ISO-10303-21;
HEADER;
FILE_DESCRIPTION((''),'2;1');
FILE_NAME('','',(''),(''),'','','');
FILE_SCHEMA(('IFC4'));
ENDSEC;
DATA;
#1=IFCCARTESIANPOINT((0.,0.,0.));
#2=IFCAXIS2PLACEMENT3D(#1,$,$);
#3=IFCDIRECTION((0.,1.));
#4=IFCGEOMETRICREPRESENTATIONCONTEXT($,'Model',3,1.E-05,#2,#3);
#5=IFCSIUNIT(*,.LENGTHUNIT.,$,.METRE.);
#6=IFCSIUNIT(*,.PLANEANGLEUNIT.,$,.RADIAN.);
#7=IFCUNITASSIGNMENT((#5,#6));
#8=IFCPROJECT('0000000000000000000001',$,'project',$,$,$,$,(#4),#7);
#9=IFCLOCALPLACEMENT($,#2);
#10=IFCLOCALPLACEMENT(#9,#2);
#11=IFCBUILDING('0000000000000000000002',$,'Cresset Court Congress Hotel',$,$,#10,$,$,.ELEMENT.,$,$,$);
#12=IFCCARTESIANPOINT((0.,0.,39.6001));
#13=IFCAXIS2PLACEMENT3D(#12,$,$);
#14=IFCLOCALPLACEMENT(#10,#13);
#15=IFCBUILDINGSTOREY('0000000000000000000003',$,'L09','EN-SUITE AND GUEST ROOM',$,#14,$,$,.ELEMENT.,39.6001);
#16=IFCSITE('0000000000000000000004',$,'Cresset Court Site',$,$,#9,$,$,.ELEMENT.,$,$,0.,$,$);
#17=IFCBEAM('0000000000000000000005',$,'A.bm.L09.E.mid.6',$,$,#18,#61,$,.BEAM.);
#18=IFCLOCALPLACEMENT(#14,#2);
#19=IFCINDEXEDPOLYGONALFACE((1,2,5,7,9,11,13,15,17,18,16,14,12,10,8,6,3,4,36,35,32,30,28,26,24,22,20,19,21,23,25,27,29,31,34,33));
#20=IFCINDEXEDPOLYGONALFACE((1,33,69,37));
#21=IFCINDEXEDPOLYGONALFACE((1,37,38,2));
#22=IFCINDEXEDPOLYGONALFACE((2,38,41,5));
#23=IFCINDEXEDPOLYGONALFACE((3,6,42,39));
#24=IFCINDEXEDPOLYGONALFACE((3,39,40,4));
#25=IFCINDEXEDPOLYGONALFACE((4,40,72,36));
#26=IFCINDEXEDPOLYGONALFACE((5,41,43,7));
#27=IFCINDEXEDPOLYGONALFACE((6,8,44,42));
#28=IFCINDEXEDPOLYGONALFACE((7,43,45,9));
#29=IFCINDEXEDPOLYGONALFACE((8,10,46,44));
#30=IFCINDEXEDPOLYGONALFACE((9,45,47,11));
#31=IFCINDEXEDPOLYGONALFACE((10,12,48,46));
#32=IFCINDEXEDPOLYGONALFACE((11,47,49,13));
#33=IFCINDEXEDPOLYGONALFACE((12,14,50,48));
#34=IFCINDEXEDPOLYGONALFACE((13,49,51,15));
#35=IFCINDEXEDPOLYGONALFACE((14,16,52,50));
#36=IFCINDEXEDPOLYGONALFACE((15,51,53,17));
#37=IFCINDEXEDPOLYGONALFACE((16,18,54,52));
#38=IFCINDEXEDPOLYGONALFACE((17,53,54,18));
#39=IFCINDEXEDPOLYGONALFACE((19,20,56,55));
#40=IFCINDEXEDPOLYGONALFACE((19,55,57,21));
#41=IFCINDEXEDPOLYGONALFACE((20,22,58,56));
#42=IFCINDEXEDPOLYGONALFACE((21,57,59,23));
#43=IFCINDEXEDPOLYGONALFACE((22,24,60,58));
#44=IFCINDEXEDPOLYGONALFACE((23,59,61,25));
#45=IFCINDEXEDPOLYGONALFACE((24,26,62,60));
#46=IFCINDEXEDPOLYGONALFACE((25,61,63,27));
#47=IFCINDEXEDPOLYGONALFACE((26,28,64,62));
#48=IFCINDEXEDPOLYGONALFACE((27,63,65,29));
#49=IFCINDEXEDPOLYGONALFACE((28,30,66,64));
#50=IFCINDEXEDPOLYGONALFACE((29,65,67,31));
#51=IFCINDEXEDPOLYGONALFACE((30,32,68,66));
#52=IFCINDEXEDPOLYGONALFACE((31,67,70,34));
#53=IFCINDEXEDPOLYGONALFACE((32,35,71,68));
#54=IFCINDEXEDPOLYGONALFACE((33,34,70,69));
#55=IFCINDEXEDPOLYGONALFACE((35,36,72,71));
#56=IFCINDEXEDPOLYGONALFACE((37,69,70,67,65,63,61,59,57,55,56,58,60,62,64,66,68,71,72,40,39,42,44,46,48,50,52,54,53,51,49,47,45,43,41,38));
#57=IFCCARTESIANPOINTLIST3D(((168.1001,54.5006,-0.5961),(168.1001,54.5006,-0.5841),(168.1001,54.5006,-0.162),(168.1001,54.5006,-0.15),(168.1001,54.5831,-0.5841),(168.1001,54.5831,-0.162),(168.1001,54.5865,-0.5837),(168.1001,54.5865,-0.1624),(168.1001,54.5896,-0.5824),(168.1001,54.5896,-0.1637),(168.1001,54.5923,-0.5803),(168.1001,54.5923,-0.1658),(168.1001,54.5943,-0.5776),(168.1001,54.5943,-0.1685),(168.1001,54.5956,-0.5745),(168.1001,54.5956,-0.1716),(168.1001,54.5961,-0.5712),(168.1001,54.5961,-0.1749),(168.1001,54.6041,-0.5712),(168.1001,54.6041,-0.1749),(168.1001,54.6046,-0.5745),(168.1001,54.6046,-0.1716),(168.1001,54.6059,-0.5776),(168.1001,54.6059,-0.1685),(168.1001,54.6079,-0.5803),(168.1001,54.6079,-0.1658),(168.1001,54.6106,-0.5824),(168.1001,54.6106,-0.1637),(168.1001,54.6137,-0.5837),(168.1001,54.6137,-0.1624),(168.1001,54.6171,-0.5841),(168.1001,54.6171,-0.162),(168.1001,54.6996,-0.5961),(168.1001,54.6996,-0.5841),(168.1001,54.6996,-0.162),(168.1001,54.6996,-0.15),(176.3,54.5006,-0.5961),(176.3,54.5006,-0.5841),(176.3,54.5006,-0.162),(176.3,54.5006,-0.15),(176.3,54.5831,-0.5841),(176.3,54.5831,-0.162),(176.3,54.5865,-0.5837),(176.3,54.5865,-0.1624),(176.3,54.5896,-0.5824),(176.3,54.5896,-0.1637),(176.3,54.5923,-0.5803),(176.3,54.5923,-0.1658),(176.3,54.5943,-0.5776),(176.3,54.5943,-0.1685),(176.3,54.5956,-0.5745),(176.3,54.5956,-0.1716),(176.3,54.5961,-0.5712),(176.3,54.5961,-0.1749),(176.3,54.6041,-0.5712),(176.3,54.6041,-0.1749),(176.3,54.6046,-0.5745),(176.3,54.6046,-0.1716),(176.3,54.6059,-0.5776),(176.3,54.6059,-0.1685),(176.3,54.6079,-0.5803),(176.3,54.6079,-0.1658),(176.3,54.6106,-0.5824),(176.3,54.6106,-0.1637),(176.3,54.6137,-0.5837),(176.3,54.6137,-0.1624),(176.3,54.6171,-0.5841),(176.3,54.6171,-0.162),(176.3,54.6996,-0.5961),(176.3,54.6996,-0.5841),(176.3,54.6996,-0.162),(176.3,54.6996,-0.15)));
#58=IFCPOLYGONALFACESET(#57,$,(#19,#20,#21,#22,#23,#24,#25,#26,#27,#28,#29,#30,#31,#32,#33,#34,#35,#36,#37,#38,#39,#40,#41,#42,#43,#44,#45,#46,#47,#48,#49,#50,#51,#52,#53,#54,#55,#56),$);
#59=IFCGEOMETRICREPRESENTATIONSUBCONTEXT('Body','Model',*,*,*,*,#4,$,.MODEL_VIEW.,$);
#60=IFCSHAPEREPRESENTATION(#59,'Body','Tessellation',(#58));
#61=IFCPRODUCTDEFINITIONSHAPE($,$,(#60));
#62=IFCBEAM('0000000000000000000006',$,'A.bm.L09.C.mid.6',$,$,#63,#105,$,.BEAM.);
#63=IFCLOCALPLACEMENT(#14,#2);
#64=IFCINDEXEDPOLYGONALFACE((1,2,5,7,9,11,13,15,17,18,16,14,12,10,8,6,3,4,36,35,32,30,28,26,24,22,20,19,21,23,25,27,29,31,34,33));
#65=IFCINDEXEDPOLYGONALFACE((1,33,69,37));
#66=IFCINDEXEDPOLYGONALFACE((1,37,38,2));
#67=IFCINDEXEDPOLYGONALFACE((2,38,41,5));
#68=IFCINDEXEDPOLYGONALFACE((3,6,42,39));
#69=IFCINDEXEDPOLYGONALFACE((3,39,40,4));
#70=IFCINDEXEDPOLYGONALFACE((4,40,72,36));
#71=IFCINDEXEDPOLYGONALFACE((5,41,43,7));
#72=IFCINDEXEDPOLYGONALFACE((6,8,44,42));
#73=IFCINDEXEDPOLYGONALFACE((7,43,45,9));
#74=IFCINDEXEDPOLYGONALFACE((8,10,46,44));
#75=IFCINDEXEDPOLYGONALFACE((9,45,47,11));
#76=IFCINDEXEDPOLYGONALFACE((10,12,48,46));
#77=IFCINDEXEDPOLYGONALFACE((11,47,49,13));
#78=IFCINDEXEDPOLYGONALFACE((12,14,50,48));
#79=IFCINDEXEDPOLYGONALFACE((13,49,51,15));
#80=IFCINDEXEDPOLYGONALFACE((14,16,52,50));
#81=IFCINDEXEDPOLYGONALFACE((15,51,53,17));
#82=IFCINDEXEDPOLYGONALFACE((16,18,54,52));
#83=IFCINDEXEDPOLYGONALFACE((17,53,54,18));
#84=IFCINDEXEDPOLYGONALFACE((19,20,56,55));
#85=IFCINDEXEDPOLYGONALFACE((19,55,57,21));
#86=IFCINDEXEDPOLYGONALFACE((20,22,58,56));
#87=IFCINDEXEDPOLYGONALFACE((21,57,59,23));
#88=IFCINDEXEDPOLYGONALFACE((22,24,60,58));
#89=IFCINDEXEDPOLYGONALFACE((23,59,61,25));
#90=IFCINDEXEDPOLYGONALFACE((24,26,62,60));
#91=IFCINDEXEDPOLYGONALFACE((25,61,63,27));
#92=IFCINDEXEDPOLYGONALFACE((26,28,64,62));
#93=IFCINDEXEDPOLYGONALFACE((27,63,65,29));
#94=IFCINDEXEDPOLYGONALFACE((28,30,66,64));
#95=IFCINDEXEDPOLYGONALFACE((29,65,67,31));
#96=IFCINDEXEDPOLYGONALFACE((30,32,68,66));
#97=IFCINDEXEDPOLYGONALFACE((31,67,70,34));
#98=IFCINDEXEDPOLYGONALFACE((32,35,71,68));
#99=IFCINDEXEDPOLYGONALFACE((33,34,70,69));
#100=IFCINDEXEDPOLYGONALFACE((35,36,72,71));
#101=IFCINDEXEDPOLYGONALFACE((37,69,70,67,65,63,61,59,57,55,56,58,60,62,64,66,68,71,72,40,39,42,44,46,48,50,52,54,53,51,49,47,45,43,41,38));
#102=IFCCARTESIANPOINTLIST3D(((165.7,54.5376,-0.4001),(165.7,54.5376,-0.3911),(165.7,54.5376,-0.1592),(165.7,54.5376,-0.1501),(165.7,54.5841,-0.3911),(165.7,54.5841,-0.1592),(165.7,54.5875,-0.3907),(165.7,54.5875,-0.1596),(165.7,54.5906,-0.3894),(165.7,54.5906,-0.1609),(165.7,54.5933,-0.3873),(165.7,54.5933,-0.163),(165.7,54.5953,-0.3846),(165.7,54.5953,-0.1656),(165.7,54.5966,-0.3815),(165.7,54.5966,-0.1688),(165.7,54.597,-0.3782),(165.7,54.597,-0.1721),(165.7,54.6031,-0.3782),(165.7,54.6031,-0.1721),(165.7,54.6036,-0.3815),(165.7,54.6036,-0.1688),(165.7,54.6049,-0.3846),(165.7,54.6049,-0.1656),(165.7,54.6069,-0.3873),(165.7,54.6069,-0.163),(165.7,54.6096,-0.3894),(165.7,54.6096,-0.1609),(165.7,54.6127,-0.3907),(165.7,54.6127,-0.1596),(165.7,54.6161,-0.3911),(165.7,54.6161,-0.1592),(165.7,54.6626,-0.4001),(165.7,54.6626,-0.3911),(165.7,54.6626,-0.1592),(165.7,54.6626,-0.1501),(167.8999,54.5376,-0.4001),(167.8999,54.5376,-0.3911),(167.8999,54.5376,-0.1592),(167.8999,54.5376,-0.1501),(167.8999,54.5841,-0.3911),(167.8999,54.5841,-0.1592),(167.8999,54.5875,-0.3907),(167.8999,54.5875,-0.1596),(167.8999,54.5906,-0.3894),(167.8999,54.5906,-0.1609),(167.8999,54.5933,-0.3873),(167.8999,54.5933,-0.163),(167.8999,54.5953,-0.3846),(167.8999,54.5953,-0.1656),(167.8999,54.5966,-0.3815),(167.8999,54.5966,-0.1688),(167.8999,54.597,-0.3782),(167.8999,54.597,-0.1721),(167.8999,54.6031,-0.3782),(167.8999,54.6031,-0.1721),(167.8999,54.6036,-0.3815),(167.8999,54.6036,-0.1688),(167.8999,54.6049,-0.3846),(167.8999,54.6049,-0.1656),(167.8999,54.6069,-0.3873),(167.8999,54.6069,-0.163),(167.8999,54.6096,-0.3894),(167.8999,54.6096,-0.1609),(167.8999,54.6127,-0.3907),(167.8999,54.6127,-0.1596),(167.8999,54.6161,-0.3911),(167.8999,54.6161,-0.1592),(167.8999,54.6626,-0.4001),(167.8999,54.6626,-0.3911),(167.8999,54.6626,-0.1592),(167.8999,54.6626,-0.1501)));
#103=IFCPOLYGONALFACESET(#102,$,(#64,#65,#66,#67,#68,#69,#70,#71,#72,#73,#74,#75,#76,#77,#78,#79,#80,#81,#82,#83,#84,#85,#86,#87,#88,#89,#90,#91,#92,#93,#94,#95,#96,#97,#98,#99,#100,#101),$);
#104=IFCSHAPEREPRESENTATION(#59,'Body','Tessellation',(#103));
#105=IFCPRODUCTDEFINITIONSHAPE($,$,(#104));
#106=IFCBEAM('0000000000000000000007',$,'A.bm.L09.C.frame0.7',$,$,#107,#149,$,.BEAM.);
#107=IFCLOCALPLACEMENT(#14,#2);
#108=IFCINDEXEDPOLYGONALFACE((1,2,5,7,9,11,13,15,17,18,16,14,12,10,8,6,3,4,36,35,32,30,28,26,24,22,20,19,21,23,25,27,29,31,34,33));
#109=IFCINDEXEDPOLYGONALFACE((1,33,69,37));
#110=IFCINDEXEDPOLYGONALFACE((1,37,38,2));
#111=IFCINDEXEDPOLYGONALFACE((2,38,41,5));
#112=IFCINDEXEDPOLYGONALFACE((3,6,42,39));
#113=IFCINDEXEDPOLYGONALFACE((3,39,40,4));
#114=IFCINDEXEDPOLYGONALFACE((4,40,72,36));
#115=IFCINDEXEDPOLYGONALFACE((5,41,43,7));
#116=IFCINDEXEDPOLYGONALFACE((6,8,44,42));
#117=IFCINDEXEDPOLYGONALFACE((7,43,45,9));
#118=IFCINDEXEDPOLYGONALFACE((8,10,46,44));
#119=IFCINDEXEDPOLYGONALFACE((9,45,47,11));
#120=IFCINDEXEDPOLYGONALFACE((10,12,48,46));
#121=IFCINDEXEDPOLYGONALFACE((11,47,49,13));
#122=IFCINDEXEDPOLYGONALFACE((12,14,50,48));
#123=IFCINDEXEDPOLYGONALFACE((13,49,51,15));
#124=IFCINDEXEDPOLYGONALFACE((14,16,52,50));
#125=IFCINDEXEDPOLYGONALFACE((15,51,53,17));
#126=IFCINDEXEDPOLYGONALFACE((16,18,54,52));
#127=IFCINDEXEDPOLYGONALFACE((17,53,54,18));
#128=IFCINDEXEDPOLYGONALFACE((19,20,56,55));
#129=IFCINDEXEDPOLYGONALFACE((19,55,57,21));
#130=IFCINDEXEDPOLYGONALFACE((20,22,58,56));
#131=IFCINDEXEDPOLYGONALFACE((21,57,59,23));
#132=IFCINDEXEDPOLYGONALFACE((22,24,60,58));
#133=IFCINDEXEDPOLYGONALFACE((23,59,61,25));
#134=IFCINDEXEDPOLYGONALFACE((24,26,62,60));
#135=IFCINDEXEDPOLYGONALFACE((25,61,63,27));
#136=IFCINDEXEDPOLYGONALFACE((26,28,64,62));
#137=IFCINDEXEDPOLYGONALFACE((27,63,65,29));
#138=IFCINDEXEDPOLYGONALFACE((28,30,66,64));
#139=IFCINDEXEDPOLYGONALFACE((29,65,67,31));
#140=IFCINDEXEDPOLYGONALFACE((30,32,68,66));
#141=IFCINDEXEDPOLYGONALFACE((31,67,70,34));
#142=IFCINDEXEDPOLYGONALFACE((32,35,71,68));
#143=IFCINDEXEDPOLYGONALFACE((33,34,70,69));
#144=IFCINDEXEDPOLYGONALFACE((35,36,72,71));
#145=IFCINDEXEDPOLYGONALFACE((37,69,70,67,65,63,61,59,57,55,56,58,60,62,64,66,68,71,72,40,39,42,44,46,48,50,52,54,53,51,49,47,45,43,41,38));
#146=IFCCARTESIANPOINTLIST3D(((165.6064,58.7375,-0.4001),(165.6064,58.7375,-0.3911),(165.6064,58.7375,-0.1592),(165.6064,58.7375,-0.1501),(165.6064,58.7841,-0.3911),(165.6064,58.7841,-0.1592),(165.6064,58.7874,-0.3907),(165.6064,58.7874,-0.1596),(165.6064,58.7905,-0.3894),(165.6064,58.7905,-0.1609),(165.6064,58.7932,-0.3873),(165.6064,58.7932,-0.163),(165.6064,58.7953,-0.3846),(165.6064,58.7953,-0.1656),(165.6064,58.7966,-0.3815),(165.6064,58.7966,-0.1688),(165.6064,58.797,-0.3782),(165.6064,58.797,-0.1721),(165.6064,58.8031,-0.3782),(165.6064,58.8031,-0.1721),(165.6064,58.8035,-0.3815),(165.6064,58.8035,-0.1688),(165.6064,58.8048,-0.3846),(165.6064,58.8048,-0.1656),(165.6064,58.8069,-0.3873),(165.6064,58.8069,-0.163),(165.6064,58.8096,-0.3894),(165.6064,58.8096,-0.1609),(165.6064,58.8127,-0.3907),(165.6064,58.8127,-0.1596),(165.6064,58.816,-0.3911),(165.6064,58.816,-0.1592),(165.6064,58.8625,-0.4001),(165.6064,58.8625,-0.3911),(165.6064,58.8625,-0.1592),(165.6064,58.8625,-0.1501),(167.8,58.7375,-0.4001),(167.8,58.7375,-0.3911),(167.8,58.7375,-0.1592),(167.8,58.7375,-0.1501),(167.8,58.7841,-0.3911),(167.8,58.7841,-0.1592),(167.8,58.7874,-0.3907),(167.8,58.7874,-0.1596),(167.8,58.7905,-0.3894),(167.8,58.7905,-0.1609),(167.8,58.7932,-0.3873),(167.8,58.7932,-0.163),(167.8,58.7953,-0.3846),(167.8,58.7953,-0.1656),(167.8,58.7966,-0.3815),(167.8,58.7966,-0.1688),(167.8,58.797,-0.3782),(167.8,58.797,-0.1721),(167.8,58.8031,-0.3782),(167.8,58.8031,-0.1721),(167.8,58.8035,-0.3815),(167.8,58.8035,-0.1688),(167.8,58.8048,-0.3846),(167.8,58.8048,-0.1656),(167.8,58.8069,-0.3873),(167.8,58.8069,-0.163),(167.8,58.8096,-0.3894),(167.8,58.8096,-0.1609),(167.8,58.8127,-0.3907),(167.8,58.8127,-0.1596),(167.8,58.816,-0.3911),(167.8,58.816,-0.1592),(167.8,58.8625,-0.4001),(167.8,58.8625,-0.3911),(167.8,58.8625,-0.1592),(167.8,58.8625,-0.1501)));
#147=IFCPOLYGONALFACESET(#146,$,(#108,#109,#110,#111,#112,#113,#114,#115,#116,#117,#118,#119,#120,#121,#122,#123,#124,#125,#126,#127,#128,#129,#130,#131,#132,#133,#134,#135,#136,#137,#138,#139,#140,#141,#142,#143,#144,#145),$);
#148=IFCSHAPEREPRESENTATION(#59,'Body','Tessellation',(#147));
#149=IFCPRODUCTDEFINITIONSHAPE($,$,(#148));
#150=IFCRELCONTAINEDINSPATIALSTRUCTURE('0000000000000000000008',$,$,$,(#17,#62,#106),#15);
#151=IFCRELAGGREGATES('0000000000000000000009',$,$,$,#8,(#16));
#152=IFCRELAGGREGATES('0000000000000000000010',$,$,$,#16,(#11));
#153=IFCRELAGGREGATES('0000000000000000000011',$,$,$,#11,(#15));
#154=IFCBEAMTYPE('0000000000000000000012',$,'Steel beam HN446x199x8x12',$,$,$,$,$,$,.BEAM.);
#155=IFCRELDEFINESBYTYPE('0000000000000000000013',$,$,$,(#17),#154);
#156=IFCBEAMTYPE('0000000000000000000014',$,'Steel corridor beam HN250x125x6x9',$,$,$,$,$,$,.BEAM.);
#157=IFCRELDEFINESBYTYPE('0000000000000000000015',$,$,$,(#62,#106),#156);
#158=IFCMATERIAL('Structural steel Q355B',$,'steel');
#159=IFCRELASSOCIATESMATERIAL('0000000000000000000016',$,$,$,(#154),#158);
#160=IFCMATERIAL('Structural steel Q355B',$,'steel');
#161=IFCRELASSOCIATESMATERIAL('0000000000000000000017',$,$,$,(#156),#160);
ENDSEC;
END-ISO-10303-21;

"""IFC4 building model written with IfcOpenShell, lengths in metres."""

from ifc_helpers import new_model, si_unit, direction, frame, origin, origin_2d, place, context, subcontext, project, spatial, i_section, extrude, material, material_profile, profile_set, type_object, element, save


model = new_model("IFC4")

# Units and contexts
model_context = context("Model", 3, precision=1e-05, world=origin(), true_north=direction((0.0, 1.0)))
body_context = subcontext(model_context, "Body", "Model", "MODEL_VIEW")
ifc_project = project(units=[si_unit("LENGTHUNIT", "METRE"), si_unit("PLANEANGLEUNIT", "RADIAN")], contexts=[model_context])

# Site, building, storey
site_placement = place(None, origin())
site = spatial("IfcSite", under=ifc_project, at=site_placement, Name="Cresset Court Site", CompositionType="ELEMENT", RefElevation=0.0)
building_placement = place(site_placement, origin())
building = spatial("IfcBuilding", under=site, at=building_placement, Name="Cresset Court Congress Hotel", CompositionType="ELEMENT")
storey_placement = place(building_placement, frame((0.0, 0.0, 39.6001)))
storey = spatial("IfcBuildingStorey", under=building, at=storey_placement, Name="L09", Description="EN-SUITE AND GUEST ROOM", CompositionType="ELEMENT", Elevation=39.6001)

# Beams
ifc_material_1 = material(Name="Structural steel Q355B", Category="steel")
ifc_material_profile_1 = material_profile(ifc_material_1, i_section(OverallWidth=0.199, OverallDepth=0.446, WebThickness=0.0081, FlangeThickness=0.012, FilletRadius=0.0129, at=origin_2d()), Name="HN446x199x8x12")
ifc_profile_set_1 = profile_set([ifc_material_profile_1], Name="Structural steel Q355B")
beam_type_1 = type_object("IfcBeamType", Name="Steel beam HN446x199x8x12", PredefinedType="BEAM", material=ifc_profile_set_1)
beam_1_placement = place(storey_placement, frame((168.1001, 54.6001, -0.373), z_axis=(1.0, 0.0, 0.0), x_axis=(0.0, 1.0, 0.0)))
element("IfcBeam", 1, at=beam_1_placement, inside=storey, type_object=beam_type_1, Name="A.bm.L09.E.mid.6", PredefinedType="BEAM", context=body_context, shape_type="SweptSolid", body=[
    extrude(i_section(OverallWidth=0.199, OverallDepth=0.446, WebThickness=0.0081, FlangeThickness=0.012, FilletRadius=0.0129, at=origin_2d()), origin(), (0.0, 0.0, 1.0), 8.2),
])
ifc_material_2 = material(Name="Structural steel Q355B", Category="steel")
ifc_material_profile_2 = material_profile(ifc_material_2, i_section(OverallWidth=0.125, OverallDepth=0.25, WebThickness=0.0061, FlangeThickness=0.009, FilletRadius=0.0129, at=origin_2d()), Name="HN250x125x6x9")
ifc_profile_set_2 = profile_set([ifc_material_profile_2], Name="Structural steel Q355B")
beam_type_2 = type_object("IfcBeamType", Name="Steel corridor beam HN250x125x6x9", PredefinedType="BEAM", material=ifc_profile_set_2)
beam_2_placement = place(storey_placement, frame((165.7, 54.6001, -0.2751), z_axis=(1.0, 0.0, 0.0), x_axis=(0.0, 1.0, 0.0)))
element("IfcBeam", 2, at=beam_2_placement, inside=storey, type_object=beam_type_2, Name="A.bm.L09.C.mid.6", PredefinedType="BEAM", context=body_context, shape_type="SweptSolid", body=[
    extrude(i_section(OverallWidth=0.125, OverallDepth=0.25, WebThickness=0.0061, FlangeThickness=0.009, FilletRadius=0.0129, at=origin_2d()), origin(), (0.0, 0.0, 1.0), 2.2),
])
beam_3_placement = place(storey_placement, frame((165.6064, 58.8, -0.2751), z_axis=(1.0, 0.0, 0.0), x_axis=(0.0, 1.0, 0.0)))
element("IfcBeam", 3, at=beam_3_placement, inside=storey, type_object=beam_type_2, Name="A.bm.L09.C.frame0.7", PredefinedType="BEAM", context=body_context, shape_type="SweptSolid", body=[
    extrude(i_section(OverallWidth=0.125, OverallDepth=0.25, WebThickness=0.0061, FlangeThickness=0.009, FilletRadius=0.0129, at=origin_2d()), origin(), (0.0, 0.0, 1.0), 2.1936),
])

save(model, "model.ifc")
